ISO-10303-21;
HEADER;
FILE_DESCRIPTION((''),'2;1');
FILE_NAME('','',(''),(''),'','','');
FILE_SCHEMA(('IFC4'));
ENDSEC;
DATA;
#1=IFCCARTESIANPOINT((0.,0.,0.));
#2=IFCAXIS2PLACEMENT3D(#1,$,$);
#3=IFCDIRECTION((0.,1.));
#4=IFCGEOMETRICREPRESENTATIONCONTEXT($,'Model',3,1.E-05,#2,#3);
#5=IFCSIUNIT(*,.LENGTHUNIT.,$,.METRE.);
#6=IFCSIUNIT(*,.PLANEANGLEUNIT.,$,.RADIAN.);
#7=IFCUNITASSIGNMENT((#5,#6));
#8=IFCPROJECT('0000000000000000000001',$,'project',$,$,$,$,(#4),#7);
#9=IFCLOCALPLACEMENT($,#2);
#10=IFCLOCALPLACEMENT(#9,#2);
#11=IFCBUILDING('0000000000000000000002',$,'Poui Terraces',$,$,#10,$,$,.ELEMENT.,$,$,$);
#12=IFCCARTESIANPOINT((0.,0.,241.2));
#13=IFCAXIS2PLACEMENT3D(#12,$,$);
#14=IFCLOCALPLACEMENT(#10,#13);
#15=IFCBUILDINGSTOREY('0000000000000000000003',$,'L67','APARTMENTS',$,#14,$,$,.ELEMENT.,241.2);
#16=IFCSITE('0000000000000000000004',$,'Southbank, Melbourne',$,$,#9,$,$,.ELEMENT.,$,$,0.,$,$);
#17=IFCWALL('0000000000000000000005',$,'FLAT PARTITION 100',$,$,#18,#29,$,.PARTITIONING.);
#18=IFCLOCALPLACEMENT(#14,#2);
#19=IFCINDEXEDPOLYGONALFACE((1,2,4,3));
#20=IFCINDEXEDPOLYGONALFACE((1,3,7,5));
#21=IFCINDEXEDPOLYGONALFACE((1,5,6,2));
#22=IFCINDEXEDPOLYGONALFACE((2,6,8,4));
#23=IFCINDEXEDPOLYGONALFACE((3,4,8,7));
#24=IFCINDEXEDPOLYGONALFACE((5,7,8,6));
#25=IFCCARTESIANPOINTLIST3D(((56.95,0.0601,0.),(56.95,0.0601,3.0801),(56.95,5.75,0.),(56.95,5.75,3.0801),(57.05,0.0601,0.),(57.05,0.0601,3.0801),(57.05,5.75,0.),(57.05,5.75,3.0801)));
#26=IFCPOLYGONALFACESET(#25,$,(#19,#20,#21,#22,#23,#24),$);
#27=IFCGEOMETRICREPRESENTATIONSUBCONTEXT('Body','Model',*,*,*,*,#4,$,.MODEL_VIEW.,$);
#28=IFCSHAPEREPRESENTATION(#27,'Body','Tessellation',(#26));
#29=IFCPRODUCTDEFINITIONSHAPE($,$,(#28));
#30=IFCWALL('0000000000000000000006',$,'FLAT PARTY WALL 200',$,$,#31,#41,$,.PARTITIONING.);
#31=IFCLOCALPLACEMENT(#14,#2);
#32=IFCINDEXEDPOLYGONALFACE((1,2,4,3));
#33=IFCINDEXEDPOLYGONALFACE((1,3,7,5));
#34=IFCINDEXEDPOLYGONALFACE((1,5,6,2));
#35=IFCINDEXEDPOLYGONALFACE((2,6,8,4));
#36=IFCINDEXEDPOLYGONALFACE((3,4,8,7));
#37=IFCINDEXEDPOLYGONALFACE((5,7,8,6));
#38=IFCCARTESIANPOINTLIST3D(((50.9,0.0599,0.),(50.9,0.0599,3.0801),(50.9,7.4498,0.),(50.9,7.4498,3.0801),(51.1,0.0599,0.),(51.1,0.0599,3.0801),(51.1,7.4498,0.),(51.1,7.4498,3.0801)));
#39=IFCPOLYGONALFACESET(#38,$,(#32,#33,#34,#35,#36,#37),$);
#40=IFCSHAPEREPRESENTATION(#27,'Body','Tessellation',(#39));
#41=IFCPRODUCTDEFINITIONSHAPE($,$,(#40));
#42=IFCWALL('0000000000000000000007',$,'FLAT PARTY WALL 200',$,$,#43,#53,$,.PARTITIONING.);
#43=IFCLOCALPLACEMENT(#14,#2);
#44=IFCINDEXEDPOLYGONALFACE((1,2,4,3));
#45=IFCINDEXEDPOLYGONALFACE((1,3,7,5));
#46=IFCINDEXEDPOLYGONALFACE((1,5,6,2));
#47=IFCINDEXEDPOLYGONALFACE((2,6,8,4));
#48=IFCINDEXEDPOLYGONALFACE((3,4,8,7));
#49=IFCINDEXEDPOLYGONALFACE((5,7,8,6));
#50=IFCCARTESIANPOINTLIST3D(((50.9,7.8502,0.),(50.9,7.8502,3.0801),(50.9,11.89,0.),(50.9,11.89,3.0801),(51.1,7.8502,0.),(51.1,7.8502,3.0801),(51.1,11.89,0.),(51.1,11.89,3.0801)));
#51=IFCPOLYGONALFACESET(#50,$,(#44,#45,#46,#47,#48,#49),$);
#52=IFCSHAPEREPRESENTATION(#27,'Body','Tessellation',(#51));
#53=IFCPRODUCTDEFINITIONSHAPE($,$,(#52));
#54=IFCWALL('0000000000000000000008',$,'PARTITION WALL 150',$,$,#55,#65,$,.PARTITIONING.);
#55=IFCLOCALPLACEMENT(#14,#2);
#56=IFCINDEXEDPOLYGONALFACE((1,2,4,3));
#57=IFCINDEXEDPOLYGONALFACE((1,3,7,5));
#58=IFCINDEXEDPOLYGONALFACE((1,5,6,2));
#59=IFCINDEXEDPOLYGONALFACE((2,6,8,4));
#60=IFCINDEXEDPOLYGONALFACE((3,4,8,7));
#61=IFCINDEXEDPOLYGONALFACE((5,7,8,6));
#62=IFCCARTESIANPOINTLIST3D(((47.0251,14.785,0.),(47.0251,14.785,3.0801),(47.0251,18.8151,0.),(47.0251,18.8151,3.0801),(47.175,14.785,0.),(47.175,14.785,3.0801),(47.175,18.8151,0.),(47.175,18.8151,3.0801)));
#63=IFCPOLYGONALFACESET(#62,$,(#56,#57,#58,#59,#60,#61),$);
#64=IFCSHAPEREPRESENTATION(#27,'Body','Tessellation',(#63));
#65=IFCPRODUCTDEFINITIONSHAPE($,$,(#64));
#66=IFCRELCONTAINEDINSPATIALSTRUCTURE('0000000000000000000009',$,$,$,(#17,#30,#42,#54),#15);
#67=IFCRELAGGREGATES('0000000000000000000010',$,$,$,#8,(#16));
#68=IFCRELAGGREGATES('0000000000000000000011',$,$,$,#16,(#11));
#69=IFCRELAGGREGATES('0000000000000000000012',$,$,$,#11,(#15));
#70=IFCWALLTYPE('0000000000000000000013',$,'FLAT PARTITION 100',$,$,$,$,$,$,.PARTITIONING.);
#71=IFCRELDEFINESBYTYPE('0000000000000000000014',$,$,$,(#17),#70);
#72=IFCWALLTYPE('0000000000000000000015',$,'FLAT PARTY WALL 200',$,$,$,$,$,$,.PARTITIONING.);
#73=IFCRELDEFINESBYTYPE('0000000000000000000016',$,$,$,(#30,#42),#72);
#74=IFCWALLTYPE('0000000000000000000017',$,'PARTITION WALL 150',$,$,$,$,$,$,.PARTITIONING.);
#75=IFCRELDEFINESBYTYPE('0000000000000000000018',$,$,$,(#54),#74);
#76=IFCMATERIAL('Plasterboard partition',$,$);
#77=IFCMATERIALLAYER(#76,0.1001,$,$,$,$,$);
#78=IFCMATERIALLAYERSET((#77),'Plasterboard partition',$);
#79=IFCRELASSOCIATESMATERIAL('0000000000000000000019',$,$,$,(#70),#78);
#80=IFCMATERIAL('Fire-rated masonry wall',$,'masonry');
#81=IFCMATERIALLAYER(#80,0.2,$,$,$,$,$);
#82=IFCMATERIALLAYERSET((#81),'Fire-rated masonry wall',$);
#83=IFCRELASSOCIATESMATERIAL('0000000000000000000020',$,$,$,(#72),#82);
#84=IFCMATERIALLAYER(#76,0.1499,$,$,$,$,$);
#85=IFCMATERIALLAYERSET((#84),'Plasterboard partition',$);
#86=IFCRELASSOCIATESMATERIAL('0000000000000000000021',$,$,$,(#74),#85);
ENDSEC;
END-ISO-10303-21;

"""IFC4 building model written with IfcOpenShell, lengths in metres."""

from ifc_helpers import new_model, si_unit, direction, frame, frame_2d, origin, place, context, subcontext, project, spatial, rectangle, extrude, material, layer, layer_set, type_object, element, save


model = new_model("IFC4")

# Units and contexts
model_context = context("Model", 3, precision=1e-05, world=origin(), true_north=direction((0.0, 1.0)))
body_context = subcontext(model_context, "Body", "Model", "MODEL_VIEW")
ifc_project = project(units=[si_unit("LENGTHUNIT", "METRE"), si_unit("PLANEANGLEUNIT", "RADIAN")], contexts=[model_context])

# Site, building, storey
site_placement = place(None, origin())
site = spatial("IfcSite", under=ifc_project, at=site_placement, Name="Southbank, Melbourne", CompositionType="ELEMENT", RefElevation=0.0)
building_placement = place(site_placement, origin())
building = spatial("IfcBuilding", under=site, at=building_placement, Name="Poui Terraces", CompositionType="ELEMENT")
storey_placement = place(building_placement, frame((0.0, 0.0, 241.2)))
storey = spatial("IfcBuildingStorey", under=building, at=storey_placement, Name="L67", Description="APARTMENTS", CompositionType="ELEMENT", Elevation=241.2)

# Shared definitions
ifc_material_1 = material(Name="Plasterboard partition")
ifc_layer_1 = layer(ifc_material_1, 0.1001)
ifc_layer_set_1 = layer_set([ifc_layer_1], Name="Plasterboard partition")
wall_type_1 = type_object("IfcWallType", Name="FLAT PARTITION 100", PredefinedType="PARTITIONING", material=ifc_layer_set_1)

# Walls
wall_1_placement = place(storey_placement, frame((57.0, 0.0601, 0.0), z_axis=(0.0, 0.0, 1.0), x_axis=(0.0, 1.0, 0.0)))
element("IfcWall", 1, at=wall_1_placement, inside=storey, type_object=wall_type_1, Name="FLAT PARTITION 100", PredefinedType="PARTITIONING", context=body_context, shape_type="SweptSolid", body=[
    extrude(rectangle(XDim=5.6899, YDim=0.1001, at=frame_2d((2.845, 0.0))), origin(), (0.0, 0.0, 1.0), 3.0801),
])
ifc_material_2 = material(Name="Fire-rated masonry wall", Category="masonry")
ifc_layer_2 = layer(ifc_material_2, 0.2)
ifc_layer_set_2 = layer_set([ifc_layer_2], Name="Fire-rated masonry wall")
wall_type_2 = type_object("IfcWallType", Name="FLAT PARTY WALL 200", PredefinedType="PARTITIONING", material=ifc_layer_set_2)
wall_2_placement = place(storey_placement, frame((51.0, 0.0601, 0.0), z_axis=(0.0, 0.0, 1.0), x_axis=(0.0, 1.0, 0.0)))
element("IfcWall", 2, at=wall_2_placement, inside=storey, type_object=wall_type_2, Name="FLAT PARTY WALL 200", PredefinedType="PARTITIONING", context=body_context, shape_type="SweptSolid", body=[
    extrude(rectangle(XDim=7.3899, YDim=0.2, at=frame_2d((3.6948, 0.0))), origin(), (0.0, 0.0, 1.0), 3.0801),
])
wall_3_placement = place(storey_placement, frame((51.0, 7.8501, 0.0), z_axis=(0.0, 0.0, 1.0), x_axis=(0.0, 1.0, 0.0)))
element("IfcWall", 3, at=wall_3_placement, inside=storey, type_object=wall_type_2, Name="FLAT PARTY WALL 200", PredefinedType="PARTITIONING", context=body_context, shape_type="SweptSolid", body=[
    extrude(rectangle(XDim=4.0398, YDim=0.2, at=frame_2d((2.02, 0.0))), origin(), (0.0, 0.0, 1.0), 3.0801),
])
ifc_layer_3 = layer(ifc_material_1, 0.1499)
ifc_layer_set_3 = layer_set([ifc_layer_3], Name="Plasterboard partition")
wall_type_3 = type_object("IfcWallType", Name="PARTITION WALL 150", PredefinedType="PARTITIONING", material=ifc_layer_set_3)
wall_4_placement = place(storey_placement, frame((47.1001, 14.7849, 0.0), z_axis=(0.0, 0.0, 1.0), x_axis=(0.0, 1.0, 0.0)))
element("IfcWall", 4, at=wall_4_placement, inside=storey, type_object=wall_type_3, Name="PARTITION WALL 150", PredefinedType="PARTITIONING", context=body_context, shape_type="SweptSolid", body=[
    extrude(rectangle(XDim=4.03, YDim=0.1499, at=frame_2d((2.0151, 0.0))), origin(), (0.0, 0.0, 1.0), 3.0801),
])

save(model, "model.ifc")
